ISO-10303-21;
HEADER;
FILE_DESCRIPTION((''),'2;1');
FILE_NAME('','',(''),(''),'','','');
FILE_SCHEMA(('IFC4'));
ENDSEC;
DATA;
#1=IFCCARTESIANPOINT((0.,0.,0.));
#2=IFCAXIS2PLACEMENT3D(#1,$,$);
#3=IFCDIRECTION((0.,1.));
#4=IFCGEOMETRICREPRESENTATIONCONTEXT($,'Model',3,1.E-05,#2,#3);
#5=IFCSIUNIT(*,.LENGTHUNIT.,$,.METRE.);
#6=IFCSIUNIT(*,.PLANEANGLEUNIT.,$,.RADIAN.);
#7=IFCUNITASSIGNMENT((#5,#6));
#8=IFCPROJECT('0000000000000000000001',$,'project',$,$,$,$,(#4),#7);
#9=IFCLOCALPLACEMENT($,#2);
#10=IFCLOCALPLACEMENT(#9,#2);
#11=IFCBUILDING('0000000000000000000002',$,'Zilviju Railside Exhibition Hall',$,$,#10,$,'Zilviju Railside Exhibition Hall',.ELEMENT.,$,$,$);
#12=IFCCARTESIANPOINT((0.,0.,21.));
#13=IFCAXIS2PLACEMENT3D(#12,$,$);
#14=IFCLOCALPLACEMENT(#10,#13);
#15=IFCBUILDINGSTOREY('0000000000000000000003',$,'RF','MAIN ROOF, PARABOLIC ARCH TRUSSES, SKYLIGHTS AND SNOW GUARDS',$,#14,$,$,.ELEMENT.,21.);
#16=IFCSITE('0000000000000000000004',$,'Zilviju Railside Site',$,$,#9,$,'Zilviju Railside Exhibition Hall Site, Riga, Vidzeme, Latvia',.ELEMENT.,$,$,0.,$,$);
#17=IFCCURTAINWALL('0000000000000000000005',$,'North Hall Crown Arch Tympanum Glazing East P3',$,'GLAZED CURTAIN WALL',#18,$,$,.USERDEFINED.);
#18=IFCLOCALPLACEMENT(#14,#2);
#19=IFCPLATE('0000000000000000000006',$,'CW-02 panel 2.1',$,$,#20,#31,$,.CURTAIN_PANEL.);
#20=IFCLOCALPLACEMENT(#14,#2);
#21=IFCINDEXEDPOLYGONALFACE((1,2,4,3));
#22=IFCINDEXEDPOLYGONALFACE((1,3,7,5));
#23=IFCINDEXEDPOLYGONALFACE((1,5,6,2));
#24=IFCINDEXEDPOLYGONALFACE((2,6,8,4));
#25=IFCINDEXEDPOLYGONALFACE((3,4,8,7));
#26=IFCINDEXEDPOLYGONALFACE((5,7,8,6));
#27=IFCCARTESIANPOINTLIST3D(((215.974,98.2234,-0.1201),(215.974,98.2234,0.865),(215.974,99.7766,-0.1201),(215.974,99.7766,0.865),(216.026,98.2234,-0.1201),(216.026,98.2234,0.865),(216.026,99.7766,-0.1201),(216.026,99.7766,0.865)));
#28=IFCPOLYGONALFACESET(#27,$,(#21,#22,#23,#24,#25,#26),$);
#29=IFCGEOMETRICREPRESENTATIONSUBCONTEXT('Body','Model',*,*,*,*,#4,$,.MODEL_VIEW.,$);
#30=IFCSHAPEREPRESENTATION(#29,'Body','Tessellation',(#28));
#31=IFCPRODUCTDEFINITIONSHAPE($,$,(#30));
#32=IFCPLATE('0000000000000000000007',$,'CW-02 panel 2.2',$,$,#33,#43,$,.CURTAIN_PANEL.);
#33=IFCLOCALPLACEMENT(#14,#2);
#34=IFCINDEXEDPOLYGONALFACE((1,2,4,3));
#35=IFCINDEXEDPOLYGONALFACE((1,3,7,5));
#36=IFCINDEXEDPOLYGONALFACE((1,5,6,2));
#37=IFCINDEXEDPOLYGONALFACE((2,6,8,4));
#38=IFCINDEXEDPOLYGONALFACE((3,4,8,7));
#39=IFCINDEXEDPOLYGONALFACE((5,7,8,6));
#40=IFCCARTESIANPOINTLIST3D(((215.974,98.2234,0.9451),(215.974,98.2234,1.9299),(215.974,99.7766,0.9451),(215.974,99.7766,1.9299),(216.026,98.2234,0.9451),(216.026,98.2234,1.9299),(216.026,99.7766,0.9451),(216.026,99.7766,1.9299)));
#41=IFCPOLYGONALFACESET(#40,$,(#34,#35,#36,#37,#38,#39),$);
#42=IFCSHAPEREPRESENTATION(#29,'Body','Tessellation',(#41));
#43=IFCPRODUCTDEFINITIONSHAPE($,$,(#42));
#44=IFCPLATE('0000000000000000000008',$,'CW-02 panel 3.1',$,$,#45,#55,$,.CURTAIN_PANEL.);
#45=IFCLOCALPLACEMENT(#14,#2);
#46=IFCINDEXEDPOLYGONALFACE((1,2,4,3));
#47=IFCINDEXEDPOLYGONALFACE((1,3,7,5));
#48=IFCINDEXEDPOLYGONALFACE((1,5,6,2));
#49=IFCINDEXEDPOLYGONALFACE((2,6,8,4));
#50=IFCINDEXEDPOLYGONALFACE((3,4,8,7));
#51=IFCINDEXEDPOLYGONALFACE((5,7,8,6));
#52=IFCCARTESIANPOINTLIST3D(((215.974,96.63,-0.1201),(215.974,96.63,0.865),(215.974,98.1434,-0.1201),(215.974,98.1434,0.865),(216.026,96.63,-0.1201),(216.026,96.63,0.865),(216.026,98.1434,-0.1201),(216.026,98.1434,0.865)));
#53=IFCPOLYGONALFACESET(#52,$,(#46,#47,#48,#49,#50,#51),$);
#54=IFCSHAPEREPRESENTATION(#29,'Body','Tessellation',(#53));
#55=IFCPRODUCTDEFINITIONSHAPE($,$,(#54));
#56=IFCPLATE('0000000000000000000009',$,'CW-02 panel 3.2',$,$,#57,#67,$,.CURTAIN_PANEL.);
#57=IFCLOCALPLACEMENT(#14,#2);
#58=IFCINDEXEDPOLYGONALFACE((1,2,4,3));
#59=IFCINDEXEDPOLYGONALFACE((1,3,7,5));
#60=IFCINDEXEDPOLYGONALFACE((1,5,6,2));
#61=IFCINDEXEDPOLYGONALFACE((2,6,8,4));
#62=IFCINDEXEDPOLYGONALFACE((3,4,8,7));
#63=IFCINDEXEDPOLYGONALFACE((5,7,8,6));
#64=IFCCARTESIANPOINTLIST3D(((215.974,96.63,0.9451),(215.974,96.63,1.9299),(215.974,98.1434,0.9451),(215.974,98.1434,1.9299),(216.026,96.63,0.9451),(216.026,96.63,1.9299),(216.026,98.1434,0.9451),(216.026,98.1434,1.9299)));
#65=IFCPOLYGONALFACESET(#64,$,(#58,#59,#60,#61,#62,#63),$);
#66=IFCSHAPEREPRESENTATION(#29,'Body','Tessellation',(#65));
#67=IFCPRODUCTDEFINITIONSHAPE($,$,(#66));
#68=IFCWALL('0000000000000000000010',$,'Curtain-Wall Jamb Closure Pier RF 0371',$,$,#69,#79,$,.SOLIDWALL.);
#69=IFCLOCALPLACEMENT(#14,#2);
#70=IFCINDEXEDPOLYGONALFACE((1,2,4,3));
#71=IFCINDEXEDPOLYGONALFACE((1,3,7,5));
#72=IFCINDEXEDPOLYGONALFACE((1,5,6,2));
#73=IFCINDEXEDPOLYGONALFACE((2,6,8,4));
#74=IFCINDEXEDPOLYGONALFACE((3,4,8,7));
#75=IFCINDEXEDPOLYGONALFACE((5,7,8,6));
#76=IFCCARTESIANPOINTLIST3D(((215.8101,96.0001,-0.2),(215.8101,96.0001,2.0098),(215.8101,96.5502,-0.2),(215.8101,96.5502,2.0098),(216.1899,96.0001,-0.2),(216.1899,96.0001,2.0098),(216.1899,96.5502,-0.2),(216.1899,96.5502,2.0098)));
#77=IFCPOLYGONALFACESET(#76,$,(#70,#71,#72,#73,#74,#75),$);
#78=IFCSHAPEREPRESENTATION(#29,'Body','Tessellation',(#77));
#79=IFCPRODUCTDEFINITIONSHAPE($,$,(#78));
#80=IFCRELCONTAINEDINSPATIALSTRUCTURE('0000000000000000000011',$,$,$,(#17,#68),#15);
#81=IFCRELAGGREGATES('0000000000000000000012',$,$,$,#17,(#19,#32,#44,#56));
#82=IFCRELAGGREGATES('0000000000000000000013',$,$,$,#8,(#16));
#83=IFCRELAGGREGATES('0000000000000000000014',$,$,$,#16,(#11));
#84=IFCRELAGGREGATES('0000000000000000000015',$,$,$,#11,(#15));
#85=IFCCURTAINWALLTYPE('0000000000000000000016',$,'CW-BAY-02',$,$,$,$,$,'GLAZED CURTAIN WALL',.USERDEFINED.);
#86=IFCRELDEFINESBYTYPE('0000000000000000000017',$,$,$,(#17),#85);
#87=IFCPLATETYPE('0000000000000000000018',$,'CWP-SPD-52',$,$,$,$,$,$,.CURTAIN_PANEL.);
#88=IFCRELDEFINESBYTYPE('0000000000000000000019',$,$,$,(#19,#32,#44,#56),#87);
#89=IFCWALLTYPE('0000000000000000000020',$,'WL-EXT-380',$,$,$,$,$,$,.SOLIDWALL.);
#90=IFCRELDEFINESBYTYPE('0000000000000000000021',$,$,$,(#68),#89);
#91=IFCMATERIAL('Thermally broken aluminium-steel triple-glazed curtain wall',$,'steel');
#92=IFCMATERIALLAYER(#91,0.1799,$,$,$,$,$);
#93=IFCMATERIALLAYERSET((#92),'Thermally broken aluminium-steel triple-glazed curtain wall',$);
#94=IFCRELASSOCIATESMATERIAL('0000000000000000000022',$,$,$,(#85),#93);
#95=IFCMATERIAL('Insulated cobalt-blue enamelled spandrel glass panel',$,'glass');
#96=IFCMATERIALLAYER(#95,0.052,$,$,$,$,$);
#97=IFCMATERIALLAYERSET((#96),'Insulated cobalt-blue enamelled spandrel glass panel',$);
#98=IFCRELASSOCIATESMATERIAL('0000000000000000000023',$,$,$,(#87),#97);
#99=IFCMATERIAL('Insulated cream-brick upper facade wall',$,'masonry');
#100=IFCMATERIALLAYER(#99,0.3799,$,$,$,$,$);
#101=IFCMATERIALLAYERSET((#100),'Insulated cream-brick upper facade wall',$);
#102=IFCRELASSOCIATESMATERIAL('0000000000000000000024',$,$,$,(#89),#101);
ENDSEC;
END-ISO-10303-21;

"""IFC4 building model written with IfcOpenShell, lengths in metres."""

from ifc_helpers import new_model, si_unit, direction, frame, frame_2d, origin, origin_2d, place, context, subcontext, project, spatial, rectangle, extrude, material, layer, layer_set, type_object, element, aggregate, save


model = new_model("IFC4")

# Units and contexts
model_context = context("Model", 3, precision=1e-05, world=origin(), true_north=direction((0.0, 1.0)))
body_context = subcontext(model_context, "Body", "Model", "MODEL_VIEW")
ifc_project = project(units=[si_unit("LENGTHUNIT", "METRE"), si_unit("PLANEANGLEUNIT", "RADIAN")], contexts=[model_context])

# Site, building, storey
site_placement = place(None, origin())
site = spatial("IfcSite", under=ifc_project, at=site_placement, Name="Zilviju Railside Site", LongName="Zilviju Railside Exhibition Hall Site, Riga, Vidzeme, Latvia", CompositionType="ELEMENT", RefElevation=0.0)
building_placement = place(site_placement, origin())
building = spatial("IfcBuilding", under=site, at=building_placement, Name="Zilviju Railside Exhibition Hall", LongName="Zilviju Railside Exhibition Hall", CompositionType="ELEMENT")
storey_placement = place(building_placement, frame((0.0, 0.0, 21.0)))
storey = spatial("IfcBuildingStorey", under=building, at=storey_placement, Name="RF", Description="MAIN ROOF, PARABOLIC ARCH TRUSSES, SKYLIGHTS AND SNOW GUARDS", CompositionType="ELEMENT", Elevation=21.0)

# Curtain wall
ifc_material_1 = material(Name="Thermally broken aluminium-steel triple-glazed curtain wall", Category="steel")
ifc_layer_1 = layer(ifc_material_1, 0.1799)
ifc_layer_set_1 = layer_set([ifc_layer_1], Name="Thermally broken aluminium-steel triple-glazed curtain wall")
curtain_wall_type_1 = type_object("IfcCurtainWallType", Name="CW-BAY-02", ElementType="GLAZED CURTAIN WALL", PredefinedType="USERDEFINED", material=ifc_layer_set_1)
curtain_wall_1_placement = place(storey_placement, origin())
curtain_wall_1 = element("IfcCurtainWall", 1, at=curtain_wall_1_placement, inside=storey, type_object=curtain_wall_type_1, Name="North Hall Crown Arch Tympanum Glazing East P3", ObjectType="GLAZED CURTAIN WALL", PredefinedType="USERDEFINED")

# Plates
ifc_material_2 = material(Name="Insulated cobalt-blue enamelled spandrel glass panel", Category="glass")
ifc_layer_2 = layer(ifc_material_2, 0.052)
ifc_layer_set_2 = layer_set([ifc_layer_2], Name="Insulated cobalt-blue enamelled spandrel glass panel")
plate_type_1 = type_object("IfcPlateType", Name="CWP-SPD-52", PredefinedType="CURTAIN_PANEL", material=ifc_layer_set_2)
plate_1_placement = place(storey_placement, frame((216.0, 99.0, -0.1201), z_axis=(0.0, 0.0, 1.0), x_axis=(0.0, -1.0, 0.0)))
plate_1 = element("IfcPlate", 2, at=plate_1_placement, type_object=plate_type_1, Name="CW-02 panel 2.1", PredefinedType="CURTAIN_PANEL", context=body_context, shape_type="SweptSolid", body=[
    extrude(rectangle(XDim=1.5532, YDim=0.052, at=origin_2d()), origin(), (0.0, 0.0, 1.0), 0.9851),
])
plate_2_placement = place(storey_placement, frame((216.0, 99.0, 0.9451), z_axis=(0.0, 0.0, 1.0), x_axis=(0.0, -1.0, 0.0)))
plate_2 = element("IfcPlate", 3, at=plate_2_placement, type_object=plate_type_1, Name="CW-02 panel 2.2", PredefinedType="CURTAIN_PANEL", context=body_context, shape_type="SweptSolid", body=[
    extrude(rectangle(XDim=1.5532, YDim=0.052, at=origin_2d()), origin(), (0.0, 0.0, 1.0), 0.9849),
])
plate_3_placement = place(storey_placement, frame((216.0, 97.3867, -0.1201), z_axis=(0.0, 0.0, 1.0), x_axis=(0.0, -1.0, 0.0)))
plate_3 = element("IfcPlate", 4, at=plate_3_placement, type_object=plate_type_1, Name="CW-02 panel 3.1", PredefinedType="CURTAIN_PANEL", context=body_context, shape_type="SweptSolid", body=[
    extrude(rectangle(XDim=1.5134, YDim=0.052, at=origin_2d()), origin(), (0.0, 0.0, 1.0), 0.9851),
])
plate_4_placement = place(storey_placement, frame((216.0, 97.3867, 0.9451), z_axis=(0.0, 0.0, 1.0), x_axis=(0.0, -1.0, 0.0)))
plate_4 = element("IfcPlate", 5, at=plate_4_placement, type_object=plate_type_1, Name="CW-02 panel 3.2", PredefinedType="CURTAIN_PANEL", context=body_context, shape_type="SweptSolid", body=[
    extrude(rectangle(XDim=1.5134, YDim=0.052, at=origin_2d()), origin(), (0.0, 0.0, 1.0), 0.9849),
])
aggregate(curtain_wall_1, [plate_1, plate_2, plate_3, plate_4])

# Wall
ifc_material_3 = material(Name="Insulated cream-brick upper facade wall", Category="masonry")
ifc_layer_3 = layer(ifc_material_3, 0.3799)
ifc_layer_set_3 = layer_set([ifc_layer_3], Name="Insulated cream-brick upper facade wall")
wall_type = type_object("IfcWallType", Name="WL-EXT-380", PredefinedType="SOLIDWALL", material=ifc_layer_set_3)
wall_placement = place(storey_placement, frame((216.0, 96.55, -0.2), z_axis=(0.0, 0.0, 1.0), x_axis=(0.0, -1.0, 0.0)))
element("IfcWall", 6, at=wall_placement, inside=storey, type_object=wall_type, Name="Curtain-Wall Jamb Closure Pier RF 0371", PredefinedType="SOLIDWALL", context=body_context, shape_type="SweptSolid", body=[
    extrude(rectangle(XDim=0.55, YDim=0.3799, at=frame_2d((0.2749, 0.0))), origin(), (0.0, 0.0, 1.0), 2.2097),
])

save(model, "model.ifc")
